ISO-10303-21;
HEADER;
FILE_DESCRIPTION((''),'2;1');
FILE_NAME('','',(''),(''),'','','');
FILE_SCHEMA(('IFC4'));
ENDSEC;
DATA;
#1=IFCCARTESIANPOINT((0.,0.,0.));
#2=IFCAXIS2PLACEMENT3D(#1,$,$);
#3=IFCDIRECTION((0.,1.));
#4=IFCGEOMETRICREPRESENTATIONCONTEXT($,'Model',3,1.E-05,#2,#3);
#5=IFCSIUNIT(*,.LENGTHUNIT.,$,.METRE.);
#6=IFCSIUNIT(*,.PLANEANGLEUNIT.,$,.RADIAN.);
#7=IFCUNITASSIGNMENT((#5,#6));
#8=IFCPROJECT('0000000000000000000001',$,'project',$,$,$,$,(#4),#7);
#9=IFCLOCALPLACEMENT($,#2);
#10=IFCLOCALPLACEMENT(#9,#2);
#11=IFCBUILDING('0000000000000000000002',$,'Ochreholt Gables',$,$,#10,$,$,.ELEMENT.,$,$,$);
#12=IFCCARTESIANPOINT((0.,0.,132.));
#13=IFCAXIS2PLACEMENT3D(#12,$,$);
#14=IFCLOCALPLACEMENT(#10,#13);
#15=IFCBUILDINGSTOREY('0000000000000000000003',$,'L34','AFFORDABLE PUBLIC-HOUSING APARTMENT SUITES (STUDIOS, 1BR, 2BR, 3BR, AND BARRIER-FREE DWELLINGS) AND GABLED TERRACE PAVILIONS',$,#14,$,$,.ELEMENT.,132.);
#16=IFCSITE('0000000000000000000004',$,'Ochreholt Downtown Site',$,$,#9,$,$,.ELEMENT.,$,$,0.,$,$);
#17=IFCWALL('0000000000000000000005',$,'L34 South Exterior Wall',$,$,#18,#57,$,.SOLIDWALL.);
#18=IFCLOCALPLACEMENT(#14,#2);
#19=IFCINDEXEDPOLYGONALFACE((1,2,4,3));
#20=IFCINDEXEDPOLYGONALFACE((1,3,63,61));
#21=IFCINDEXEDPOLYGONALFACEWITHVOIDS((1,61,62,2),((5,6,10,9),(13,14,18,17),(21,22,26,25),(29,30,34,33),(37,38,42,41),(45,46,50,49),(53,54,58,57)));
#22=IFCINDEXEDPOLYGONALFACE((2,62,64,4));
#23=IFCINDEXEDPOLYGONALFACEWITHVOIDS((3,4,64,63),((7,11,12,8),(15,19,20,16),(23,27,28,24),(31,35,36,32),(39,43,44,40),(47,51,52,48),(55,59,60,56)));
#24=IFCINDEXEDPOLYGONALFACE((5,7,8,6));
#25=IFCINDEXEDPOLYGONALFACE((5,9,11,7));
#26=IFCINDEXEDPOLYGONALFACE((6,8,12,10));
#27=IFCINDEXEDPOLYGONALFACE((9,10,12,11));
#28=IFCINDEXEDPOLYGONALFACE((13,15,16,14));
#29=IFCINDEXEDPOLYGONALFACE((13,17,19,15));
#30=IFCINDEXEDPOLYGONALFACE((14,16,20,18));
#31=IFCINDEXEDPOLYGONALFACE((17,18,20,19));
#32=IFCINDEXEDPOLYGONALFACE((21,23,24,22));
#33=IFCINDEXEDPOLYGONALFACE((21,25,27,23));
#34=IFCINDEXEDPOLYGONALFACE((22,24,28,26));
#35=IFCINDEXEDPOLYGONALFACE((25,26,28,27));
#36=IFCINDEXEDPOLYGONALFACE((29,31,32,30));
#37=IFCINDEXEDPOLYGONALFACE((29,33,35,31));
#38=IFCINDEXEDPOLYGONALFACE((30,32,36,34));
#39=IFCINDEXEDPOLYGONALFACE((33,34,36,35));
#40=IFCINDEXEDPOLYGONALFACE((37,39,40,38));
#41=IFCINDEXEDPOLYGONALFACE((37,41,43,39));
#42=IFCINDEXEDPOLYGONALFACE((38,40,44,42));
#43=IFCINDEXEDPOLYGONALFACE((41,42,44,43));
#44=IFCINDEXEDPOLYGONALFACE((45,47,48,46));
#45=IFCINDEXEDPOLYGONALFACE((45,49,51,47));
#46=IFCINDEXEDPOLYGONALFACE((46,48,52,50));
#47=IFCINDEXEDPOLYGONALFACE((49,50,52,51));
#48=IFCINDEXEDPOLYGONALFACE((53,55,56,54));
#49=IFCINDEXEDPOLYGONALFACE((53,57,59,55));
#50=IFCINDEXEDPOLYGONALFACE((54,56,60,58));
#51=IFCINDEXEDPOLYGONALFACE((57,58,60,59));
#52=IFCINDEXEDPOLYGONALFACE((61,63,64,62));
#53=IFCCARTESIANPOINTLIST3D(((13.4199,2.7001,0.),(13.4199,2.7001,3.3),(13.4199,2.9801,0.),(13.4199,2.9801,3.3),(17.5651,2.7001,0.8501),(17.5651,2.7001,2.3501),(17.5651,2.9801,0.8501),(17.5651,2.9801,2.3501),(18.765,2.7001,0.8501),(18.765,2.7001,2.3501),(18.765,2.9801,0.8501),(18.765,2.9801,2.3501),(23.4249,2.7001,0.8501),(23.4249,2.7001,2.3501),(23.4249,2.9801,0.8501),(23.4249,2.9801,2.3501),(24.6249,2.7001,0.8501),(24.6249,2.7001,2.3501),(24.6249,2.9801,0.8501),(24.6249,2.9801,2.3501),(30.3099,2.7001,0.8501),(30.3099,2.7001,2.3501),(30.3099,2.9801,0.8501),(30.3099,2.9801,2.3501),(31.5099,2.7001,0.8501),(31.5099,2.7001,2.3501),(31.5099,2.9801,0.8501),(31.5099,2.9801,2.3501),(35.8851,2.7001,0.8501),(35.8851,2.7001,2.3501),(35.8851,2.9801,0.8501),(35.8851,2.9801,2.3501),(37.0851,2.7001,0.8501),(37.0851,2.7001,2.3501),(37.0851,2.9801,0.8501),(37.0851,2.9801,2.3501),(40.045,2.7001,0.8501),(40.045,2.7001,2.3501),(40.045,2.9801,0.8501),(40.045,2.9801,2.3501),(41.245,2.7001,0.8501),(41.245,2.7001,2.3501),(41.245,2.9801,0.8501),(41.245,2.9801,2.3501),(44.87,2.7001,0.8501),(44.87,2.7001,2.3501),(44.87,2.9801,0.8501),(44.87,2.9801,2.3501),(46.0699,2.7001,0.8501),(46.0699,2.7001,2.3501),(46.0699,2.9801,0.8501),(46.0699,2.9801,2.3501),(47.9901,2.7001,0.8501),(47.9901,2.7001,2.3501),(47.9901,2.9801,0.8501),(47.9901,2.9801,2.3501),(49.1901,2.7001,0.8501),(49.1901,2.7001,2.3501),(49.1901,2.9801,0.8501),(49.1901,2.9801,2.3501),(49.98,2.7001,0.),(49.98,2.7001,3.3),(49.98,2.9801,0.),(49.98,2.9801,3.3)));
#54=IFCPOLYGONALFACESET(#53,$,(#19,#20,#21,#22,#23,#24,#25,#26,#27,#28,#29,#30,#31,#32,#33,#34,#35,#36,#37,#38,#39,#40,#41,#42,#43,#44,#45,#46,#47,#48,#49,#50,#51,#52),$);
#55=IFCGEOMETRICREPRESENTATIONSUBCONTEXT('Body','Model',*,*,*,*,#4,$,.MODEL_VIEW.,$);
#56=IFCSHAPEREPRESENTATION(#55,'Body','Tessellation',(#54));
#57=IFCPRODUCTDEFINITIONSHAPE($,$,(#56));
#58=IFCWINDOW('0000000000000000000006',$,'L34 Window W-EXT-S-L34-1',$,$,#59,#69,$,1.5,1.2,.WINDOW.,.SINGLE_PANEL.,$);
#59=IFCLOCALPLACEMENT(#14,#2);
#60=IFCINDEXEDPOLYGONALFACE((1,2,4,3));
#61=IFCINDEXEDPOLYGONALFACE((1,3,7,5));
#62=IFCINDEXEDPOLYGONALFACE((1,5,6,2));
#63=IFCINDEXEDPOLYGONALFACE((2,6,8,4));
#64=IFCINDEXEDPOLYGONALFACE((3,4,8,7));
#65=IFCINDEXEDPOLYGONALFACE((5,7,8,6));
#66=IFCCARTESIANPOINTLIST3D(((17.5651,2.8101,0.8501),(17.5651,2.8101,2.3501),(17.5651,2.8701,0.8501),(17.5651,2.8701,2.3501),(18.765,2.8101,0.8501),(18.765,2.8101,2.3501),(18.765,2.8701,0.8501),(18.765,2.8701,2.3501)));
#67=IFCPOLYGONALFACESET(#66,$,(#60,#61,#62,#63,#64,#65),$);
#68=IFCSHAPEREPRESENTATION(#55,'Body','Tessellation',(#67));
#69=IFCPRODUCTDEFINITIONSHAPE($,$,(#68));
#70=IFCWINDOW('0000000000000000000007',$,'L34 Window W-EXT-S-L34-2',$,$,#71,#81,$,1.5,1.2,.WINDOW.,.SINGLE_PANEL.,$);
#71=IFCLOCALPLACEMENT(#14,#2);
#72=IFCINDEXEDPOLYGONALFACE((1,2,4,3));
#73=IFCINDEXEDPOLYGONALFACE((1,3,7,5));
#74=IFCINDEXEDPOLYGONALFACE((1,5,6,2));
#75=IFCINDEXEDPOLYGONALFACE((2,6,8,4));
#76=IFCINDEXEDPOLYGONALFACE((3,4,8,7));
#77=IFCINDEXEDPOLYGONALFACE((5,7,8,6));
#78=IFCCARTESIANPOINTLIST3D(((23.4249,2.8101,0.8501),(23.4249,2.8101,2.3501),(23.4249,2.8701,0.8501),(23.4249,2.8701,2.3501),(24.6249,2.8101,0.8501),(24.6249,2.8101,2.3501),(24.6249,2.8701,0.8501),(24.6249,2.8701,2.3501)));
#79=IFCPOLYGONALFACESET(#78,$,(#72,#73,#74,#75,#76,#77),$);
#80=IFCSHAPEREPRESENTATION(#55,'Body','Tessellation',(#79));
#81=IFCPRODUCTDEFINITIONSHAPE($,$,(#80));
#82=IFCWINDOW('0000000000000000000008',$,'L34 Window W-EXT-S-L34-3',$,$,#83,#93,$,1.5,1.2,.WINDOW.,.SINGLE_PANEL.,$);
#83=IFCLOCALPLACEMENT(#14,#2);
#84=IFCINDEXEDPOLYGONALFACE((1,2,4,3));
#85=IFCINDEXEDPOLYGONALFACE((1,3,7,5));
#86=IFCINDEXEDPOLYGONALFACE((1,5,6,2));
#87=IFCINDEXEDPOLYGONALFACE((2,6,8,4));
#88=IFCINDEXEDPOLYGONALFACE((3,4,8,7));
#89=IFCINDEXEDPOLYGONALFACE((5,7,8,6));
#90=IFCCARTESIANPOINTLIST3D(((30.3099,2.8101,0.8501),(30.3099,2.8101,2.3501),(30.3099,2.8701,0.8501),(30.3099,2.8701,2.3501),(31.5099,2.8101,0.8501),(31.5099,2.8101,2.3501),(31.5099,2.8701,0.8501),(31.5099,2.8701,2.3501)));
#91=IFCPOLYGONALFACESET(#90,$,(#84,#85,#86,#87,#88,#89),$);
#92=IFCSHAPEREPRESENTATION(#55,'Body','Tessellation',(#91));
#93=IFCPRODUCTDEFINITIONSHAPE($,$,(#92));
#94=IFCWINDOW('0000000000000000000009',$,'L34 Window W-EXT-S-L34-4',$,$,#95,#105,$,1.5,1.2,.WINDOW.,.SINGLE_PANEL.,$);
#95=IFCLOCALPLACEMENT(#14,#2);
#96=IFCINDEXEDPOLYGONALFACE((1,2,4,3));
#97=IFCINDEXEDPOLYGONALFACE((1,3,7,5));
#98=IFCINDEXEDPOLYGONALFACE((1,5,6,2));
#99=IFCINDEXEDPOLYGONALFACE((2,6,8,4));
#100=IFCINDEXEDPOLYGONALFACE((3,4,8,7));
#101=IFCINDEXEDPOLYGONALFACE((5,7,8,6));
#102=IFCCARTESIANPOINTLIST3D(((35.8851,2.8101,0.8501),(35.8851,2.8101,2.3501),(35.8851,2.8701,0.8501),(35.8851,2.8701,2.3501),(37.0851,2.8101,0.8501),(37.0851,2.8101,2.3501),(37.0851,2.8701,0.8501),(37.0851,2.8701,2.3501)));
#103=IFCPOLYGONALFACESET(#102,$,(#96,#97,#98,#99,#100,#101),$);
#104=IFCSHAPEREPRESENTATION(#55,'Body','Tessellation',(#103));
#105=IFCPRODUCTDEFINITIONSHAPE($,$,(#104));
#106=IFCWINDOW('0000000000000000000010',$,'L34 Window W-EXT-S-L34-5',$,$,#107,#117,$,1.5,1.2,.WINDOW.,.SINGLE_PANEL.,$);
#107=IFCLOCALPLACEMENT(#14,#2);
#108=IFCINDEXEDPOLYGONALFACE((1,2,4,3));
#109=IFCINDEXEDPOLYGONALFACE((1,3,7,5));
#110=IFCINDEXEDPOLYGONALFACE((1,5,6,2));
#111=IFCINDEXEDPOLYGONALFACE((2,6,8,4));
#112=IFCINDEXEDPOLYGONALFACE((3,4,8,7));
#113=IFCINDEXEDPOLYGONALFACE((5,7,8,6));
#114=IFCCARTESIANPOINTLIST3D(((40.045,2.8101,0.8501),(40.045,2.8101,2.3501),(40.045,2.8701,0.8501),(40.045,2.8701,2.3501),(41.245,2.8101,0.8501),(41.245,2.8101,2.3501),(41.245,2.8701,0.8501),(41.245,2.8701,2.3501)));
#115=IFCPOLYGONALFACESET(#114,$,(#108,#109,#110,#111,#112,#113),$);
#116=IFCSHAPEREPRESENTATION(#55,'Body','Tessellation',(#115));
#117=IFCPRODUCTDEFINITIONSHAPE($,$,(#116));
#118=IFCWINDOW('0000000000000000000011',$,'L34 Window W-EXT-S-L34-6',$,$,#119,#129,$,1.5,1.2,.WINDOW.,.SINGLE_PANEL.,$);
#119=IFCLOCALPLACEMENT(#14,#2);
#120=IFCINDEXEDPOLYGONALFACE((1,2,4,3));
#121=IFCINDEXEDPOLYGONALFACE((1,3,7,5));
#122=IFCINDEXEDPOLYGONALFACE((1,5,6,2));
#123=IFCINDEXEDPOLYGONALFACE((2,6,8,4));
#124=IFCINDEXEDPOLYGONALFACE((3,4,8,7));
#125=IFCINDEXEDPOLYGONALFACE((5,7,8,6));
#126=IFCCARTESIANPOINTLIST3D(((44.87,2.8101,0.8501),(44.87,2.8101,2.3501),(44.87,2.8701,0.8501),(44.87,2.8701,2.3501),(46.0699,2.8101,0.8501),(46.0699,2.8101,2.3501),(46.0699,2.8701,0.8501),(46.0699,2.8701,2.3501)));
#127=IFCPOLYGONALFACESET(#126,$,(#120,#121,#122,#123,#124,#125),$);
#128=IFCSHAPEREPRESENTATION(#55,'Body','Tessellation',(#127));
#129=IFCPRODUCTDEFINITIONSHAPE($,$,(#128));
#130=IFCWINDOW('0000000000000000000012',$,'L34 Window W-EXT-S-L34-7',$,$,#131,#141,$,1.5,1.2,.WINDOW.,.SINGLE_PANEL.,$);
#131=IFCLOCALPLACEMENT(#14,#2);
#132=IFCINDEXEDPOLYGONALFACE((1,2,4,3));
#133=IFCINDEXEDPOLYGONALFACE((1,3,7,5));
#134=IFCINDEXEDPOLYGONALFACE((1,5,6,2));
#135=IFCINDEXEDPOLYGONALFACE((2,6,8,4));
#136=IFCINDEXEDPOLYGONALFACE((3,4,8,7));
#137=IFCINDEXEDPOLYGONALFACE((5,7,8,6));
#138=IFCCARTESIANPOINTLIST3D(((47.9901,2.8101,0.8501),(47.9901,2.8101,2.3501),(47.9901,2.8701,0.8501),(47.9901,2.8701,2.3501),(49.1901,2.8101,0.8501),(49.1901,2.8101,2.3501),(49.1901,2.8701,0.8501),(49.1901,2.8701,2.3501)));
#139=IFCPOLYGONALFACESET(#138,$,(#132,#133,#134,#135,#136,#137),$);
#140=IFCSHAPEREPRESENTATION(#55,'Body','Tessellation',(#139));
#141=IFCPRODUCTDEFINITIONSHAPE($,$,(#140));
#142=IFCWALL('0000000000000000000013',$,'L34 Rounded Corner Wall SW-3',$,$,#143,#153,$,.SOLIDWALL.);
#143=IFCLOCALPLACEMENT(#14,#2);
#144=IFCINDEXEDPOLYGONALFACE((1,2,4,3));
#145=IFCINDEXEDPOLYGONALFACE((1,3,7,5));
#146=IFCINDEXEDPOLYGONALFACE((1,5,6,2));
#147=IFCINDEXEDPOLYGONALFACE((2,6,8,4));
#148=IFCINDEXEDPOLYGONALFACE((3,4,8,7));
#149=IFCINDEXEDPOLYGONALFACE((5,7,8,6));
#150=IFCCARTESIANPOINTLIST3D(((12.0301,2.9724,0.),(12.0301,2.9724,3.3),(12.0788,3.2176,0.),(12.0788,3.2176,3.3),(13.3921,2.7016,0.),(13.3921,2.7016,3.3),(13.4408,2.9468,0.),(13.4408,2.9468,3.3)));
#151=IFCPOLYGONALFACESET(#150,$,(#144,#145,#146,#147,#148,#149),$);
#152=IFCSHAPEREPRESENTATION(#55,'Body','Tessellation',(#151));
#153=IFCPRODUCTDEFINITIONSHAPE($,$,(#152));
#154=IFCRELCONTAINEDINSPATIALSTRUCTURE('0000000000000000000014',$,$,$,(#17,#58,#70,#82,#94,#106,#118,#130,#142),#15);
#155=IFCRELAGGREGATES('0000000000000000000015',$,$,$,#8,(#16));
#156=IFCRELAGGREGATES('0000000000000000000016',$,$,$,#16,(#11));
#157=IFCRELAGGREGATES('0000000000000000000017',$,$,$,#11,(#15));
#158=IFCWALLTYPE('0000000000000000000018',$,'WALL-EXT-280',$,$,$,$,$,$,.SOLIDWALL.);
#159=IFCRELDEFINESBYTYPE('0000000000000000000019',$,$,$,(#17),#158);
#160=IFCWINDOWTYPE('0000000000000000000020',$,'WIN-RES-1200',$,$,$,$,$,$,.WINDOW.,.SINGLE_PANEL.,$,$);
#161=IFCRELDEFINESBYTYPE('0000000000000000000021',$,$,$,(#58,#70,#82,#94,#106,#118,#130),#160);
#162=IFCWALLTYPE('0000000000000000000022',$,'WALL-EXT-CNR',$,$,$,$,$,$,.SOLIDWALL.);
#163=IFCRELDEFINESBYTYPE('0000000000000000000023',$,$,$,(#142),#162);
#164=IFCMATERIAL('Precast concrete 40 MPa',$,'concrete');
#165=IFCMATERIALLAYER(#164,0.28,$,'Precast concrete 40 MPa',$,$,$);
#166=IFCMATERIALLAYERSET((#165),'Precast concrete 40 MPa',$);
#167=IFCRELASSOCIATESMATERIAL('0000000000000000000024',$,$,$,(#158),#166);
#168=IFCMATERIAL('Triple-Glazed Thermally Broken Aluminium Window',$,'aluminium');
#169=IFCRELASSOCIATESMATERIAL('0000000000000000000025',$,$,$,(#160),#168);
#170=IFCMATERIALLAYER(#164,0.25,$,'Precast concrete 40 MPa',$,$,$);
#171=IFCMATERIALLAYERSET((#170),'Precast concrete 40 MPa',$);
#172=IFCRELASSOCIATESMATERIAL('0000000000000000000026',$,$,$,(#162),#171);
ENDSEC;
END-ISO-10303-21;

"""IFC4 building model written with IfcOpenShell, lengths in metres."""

from ifc_helpers import new_model, si_unit, direction, frame, frame_2d, origin, place, context, subcontext, project, spatial, rectangle, extrude, material, layer, layer_set, type_object, element, fill, save


model = new_model("IFC4")

# Units and contexts
model_context = context("Model", 3, precision=1e-05, world=origin(), true_north=direction((0.0, 1.0)))
body_context = subcontext(model_context, "Body", "Model", "MODEL_VIEW")
ifc_project = project(units=[si_unit("LENGTHUNIT", "METRE"), si_unit("PLANEANGLEUNIT", "RADIAN")], contexts=[model_context])

# Site, building, storey
site_placement = place(None, origin())
site = spatial("IfcSite", under=ifc_project, at=site_placement, Name="Ochreholt Downtown Site", CompositionType="ELEMENT", RefElevation=0.0)
building_placement = place(site_placement, origin())
building = spatial("IfcBuilding", under=site, at=building_placement, Name="Ochreholt Gables", CompositionType="ELEMENT")
storey_placement = place(building_placement, frame((0.0, 0.0, 132.0)))
storey = spatial("IfcBuildingStorey", under=building, at=storey_placement, Name="L34", Description="AFFORDABLE PUBLIC-HOUSING APARTMENT SUITES (STUDIOS, 1BR, 2BR, 3BR, AND BARRIER-FREE DWELLINGS) AND GABLED TERRACE PAVILIONS", CompositionType="ELEMENT", Elevation=132.0)

# Wall, openings, windows
ifc_material_1 = material(Name="Precast concrete 40 MPa", Category="concrete")
ifc_layer_1 = layer(ifc_material_1, 0.28, Name="Precast concrete 40 MPa")
ifc_layer_set_1 = layer_set([ifc_layer_1], Name="Precast concrete 40 MPa")
wall_type_1 = type_object("IfcWallType", Name="WALL-EXT-280", PredefinedType="SOLIDWALL", material=ifc_layer_set_1)
wall_1_placement = place(storey_placement, frame((13.4199, 2.8401, 0.0), z_axis=(0.0, 0.0, 1.0), x_axis=(1.0, 0.0, 0.0)))
wall_1 = element("IfcWall", 1, at=wall_1_placement, inside=storey, type_object=wall_type_1, Name="L34 South Exterior Wall", PredefinedType="SOLIDWALL", context=body_context, shape_type="SweptSolid", body=[
    extrude(rectangle(XDim=36.5601, YDim=0.28, at=frame_2d((18.28, 0.0))), origin(), (0.0, 0.0, 1.0), 3.3),
])
opening_1_placement = place(wall_1_placement, frame((4.145, 0.0, 0.8501)))
opening_1 = element("IfcOpeningElement", 2, at=opening_1_placement, cuts=wall_1, PredefinedType="OPENING", context=body_context, shape_type="SweptSolid", body=[
    extrude(rectangle(XDim=1.2, YDim=1.5, at=frame_2d((0.6001, 0.75))), frame((0.0, 0.1499, 0.0), z_axis=(0.0, -1.0, 0.0), x_axis=(1.0, 0.0, 0.0)), (0.0, 0.0, 1.0), 0.3),
])
opening_2_placement = place(wall_1_placement, frame((10.0049, 0.0, 0.8501)))
opening_2 = element("IfcOpeningElement", 3, at=opening_2_placement, cuts=wall_1, PredefinedType="OPENING", context=body_context, shape_type="SweptSolid", body=[
    extrude(rectangle(XDim=1.2, YDim=1.5, at=frame_2d((0.6001, 0.75))), frame((0.0, 0.1499, 0.0), z_axis=(0.0, -1.0, 0.0), x_axis=(1.0, 0.0, 0.0)), (0.0, 0.0, 1.0), 0.3),
])
opening_3_placement = place(wall_1_placement, frame((16.8899, 0.0, 0.8501)))
opening_3 = element("IfcOpeningElement", 4, at=opening_3_placement, cuts=wall_1, PredefinedType="OPENING", context=body_context, shape_type="SweptSolid", body=[
    extrude(rectangle(XDim=1.2, YDim=1.5, at=frame_2d((0.6001, 0.75))), frame((0.0, 0.1499, 0.0), z_axis=(0.0, -1.0, 0.0), x_axis=(1.0, 0.0, 0.0)), (0.0, 0.0, 1.0), 0.3),
])
opening_4_placement = place(wall_1_placement, frame((22.4651, 0.0, 0.8501)))
opening_4 = element("IfcOpeningElement", 5, at=opening_4_placement, cuts=wall_1, PredefinedType="OPENING", context=body_context, shape_type="SweptSolid", body=[
    extrude(rectangle(XDim=1.2, YDim=1.5, at=frame_2d((0.6001, 0.75))), frame((0.0, 0.1499, 0.0), z_axis=(0.0, -1.0, 0.0), x_axis=(1.0, 0.0, 0.0)), (0.0, 0.0, 1.0), 0.3),
])
opening_5_placement = place(wall_1_placement, frame((26.625, 0.0, 0.8501)))
opening_5 = element("IfcOpeningElement", 6, at=opening_5_placement, cuts=wall_1, PredefinedType="OPENING", context=body_context, shape_type="SweptSolid", body=[
    extrude(rectangle(XDim=1.2, YDim=1.5, at=frame_2d((0.6001, 0.75))), frame((0.0, 0.1499, 0.0), z_axis=(0.0, -1.0, 0.0), x_axis=(1.0, 0.0, 0.0)), (0.0, 0.0, 1.0), 0.3),
])
opening_6_placement = place(wall_1_placement, frame((31.45, 0.0, 0.8501)))
opening_6 = element("IfcOpeningElement", 7, at=opening_6_placement, cuts=wall_1, PredefinedType="OPENING", context=body_context, shape_type="SweptSolid", body=[
    extrude(rectangle(XDim=1.2, YDim=1.5, at=frame_2d((0.6001, 0.75))), frame((0.0, 0.1499, 0.0), z_axis=(0.0, -1.0, 0.0), x_axis=(1.0, 0.0, 0.0)), (0.0, 0.0, 1.0), 0.3),
])
opening_7_placement = place(wall_1_placement, frame((34.5701, 0.0, 0.8501)))
opening_7 = element("IfcOpeningElement", 8, at=opening_7_placement, cuts=wall_1, PredefinedType="OPENING", context=body_context, shape_type="SweptSolid", body=[
    extrude(rectangle(XDim=1.2, YDim=1.5, at=frame_2d((0.6001, 0.75))), frame((0.0, 0.1499, 0.0), z_axis=(0.0, -1.0, 0.0), x_axis=(1.0, 0.0, 0.0)), (0.0, 0.0, 1.0), 0.3),
])
ifc_material_2 = material(Name="Triple-Glazed Thermally Broken Aluminium Window", Category="aluminium")
window_type = type_object("IfcWindowType", Name="WIN-RES-1200", PartitioningType="SINGLE_PANEL", PredefinedType="WINDOW", material=ifc_material_2)
window_1_placement = place(opening_1_placement, origin())
window_1 = element("IfcWindow", 9, at=window_1_placement, inside=storey, type_object=window_type, Name="L34 Window W-EXT-S-L34-1", OverallHeight=1.5, OverallWidth=1.2, PartitioningType="SINGLE_PANEL", PredefinedType="WINDOW", context=body_context, shape_type="SweptSolid", body=[
    extrude(rectangle(XDim=1.2, YDim=1.5, at=frame_2d((0.6001, 0.75))), frame((0.0, 0.03, 0.0), z_axis=(0.0, -1.0, 0.0), x_axis=(1.0, 0.0, 0.0)), (0.0, 0.0, 1.0), 0.0601),
])
fill(opening_1, window_1)
window_2_placement = place(opening_2_placement, origin())
window_2 = element("IfcWindow", 10, at=window_2_placement, inside=storey, type_object=window_type, Name="L34 Window W-EXT-S-L34-2", OverallHeight=1.5, OverallWidth=1.2, PartitioningType="SINGLE_PANEL", PredefinedType="WINDOW", context=body_context, shape_type="SweptSolid", body=[
    extrude(rectangle(XDim=1.2, YDim=1.5, at=frame_2d((0.6001, 0.75))), frame((0.0, 0.03, 0.0), z_axis=(0.0, -1.0, 0.0), x_axis=(1.0, 0.0, 0.0)), (0.0, 0.0, 1.0), 0.0601),
])
fill(opening_2, window_2)
window_3_placement = place(opening_3_placement, origin())
window_3 = element("IfcWindow", 11, at=window_3_placement, inside=storey, type_object=window_type, Name="L34 Window W-EXT-S-L34-3", OverallHeight=1.5, OverallWidth=1.2, PartitioningType="SINGLE_PANEL", PredefinedType="WINDOW", context=body_context, shape_type="SweptSolid", body=[
    extrude(rectangle(XDim=1.2, YDim=1.5, at=frame_2d((0.6001, 0.75))), frame((0.0, 0.03, 0.0), z_axis=(0.0, -1.0, 0.0), x_axis=(1.0, 0.0, 0.0)), (0.0, 0.0, 1.0), 0.0601),
])
fill(opening_3, window_3)
window_4_placement = place(opening_4_placement, origin())
window_4 = element("IfcWindow", 12, at=window_4_placement, inside=storey, type_object=window_type, Name="L34 Window W-EXT-S-L34-4", OverallHeight=1.5, OverallWidth=1.2, PartitioningType="SINGLE_PANEL", PredefinedType="WINDOW", context=body_context, shape_type="SweptSolid", body=[
    extrude(rectangle(XDim=1.2, YDim=1.5, at=frame_2d((0.6001, 0.75))), frame((0.0, 0.03, 0.0), z_axis=(0.0, -1.0, 0.0), x_axis=(1.0, 0.0, 0.0)), (0.0, 0.0, 1.0), 0.0601),
])
fill(opening_4, window_4)
window_5_placement = place(opening_5_placement, origin())
window_5 = element("IfcWindow", 13, at=window_5_placement, inside=storey, type_object=window_type, Name="L34 Window W-EXT-S-L34-5", OverallHeight=1.5, OverallWidth=1.2, PartitioningType="SINGLE_PANEL", PredefinedType="WINDOW", context=body_context, shape_type="SweptSolid", body=[
    extrude(rectangle(XDim=1.2, YDim=1.5, at=frame_2d((0.6001, 0.75))), frame((0.0, 0.03, 0.0), z_axis=(0.0, -1.0, 0.0), x_axis=(1.0, 0.0, 0.0)), (0.0, 0.0, 1.0), 0.0601),
])
fill(opening_5, window_5)
window_6_placement = place(opening_6_placement, origin())
window_6 = element("IfcWindow", 14, at=window_6_placement, inside=storey, type_object=window_type, Name="L34 Window W-EXT-S-L34-6", OverallHeight=1.5, OverallWidth=1.2, PartitioningType="SINGLE_PANEL", PredefinedType="WINDOW", context=body_context, shape_type="SweptSolid", body=[
    extrude(rectangle(XDim=1.2, YDim=1.5, at=frame_2d((0.6001, 0.75))), frame((0.0, 0.03, 0.0), z_axis=(0.0, -1.0, 0.0), x_axis=(1.0, 0.0, 0.0)), (0.0, 0.0, 1.0), 0.0601),
])
fill(opening_6, window_6)
window_7_placement = place(opening_7_placement, origin())
window_7 = element("IfcWindow", 15, at=window_7_placement, inside=storey, type_object=window_type, Name="L34 Window W-EXT-S-L34-7", OverallHeight=1.5, OverallWidth=1.2, PartitioningType="SINGLE_PANEL", PredefinedType="WINDOW", context=body_context, shape_type="SweptSolid", body=[
    extrude(rectangle(XDim=1.2, YDim=1.5, at=frame_2d((0.6001, 0.75))), frame((0.0, 0.03, 0.0), z_axis=(0.0, -1.0, 0.0), x_axis=(1.0, 0.0, 0.0)), (0.0, 0.0, 1.0), 0.0601),
])
fill(opening_7, window_7)

# Wall
ifc_layer_2 = layer(ifc_material_1, 0.25, Name="Precast concrete 40 MPa")
ifc_layer_set_2 = layer_set([ifc_layer_2], Name="Precast concrete 40 MPa")
wall_type_2 = type_object("IfcWallType", Name="WALL-EXT-CNR", PredefinedType="SOLIDWALL", material=ifc_layer_set_2)
wall_2_placement = place(storey_placement, frame((12.0544, 3.095, 0.0), z_axis=(0.0, 0.0, 1.0), x_axis=(0.98081, -0.194967, 0.0)))
element("IfcWall", 16, at=wall_2_placement, inside=storey, type_object=wall_type_2, Name="L34 Rounded Corner Wall SW-3", PredefinedType="SOLIDWALL", context=body_context, shape_type="SweptSolid", body=[
    extrude(rectangle(XDim=1.3887, YDim=0.25, at=frame_2d((0.6943, 0.0))), origin(), (0.0, 0.0, 1.0), 3.3),
])

save(model, "model.ifc")
